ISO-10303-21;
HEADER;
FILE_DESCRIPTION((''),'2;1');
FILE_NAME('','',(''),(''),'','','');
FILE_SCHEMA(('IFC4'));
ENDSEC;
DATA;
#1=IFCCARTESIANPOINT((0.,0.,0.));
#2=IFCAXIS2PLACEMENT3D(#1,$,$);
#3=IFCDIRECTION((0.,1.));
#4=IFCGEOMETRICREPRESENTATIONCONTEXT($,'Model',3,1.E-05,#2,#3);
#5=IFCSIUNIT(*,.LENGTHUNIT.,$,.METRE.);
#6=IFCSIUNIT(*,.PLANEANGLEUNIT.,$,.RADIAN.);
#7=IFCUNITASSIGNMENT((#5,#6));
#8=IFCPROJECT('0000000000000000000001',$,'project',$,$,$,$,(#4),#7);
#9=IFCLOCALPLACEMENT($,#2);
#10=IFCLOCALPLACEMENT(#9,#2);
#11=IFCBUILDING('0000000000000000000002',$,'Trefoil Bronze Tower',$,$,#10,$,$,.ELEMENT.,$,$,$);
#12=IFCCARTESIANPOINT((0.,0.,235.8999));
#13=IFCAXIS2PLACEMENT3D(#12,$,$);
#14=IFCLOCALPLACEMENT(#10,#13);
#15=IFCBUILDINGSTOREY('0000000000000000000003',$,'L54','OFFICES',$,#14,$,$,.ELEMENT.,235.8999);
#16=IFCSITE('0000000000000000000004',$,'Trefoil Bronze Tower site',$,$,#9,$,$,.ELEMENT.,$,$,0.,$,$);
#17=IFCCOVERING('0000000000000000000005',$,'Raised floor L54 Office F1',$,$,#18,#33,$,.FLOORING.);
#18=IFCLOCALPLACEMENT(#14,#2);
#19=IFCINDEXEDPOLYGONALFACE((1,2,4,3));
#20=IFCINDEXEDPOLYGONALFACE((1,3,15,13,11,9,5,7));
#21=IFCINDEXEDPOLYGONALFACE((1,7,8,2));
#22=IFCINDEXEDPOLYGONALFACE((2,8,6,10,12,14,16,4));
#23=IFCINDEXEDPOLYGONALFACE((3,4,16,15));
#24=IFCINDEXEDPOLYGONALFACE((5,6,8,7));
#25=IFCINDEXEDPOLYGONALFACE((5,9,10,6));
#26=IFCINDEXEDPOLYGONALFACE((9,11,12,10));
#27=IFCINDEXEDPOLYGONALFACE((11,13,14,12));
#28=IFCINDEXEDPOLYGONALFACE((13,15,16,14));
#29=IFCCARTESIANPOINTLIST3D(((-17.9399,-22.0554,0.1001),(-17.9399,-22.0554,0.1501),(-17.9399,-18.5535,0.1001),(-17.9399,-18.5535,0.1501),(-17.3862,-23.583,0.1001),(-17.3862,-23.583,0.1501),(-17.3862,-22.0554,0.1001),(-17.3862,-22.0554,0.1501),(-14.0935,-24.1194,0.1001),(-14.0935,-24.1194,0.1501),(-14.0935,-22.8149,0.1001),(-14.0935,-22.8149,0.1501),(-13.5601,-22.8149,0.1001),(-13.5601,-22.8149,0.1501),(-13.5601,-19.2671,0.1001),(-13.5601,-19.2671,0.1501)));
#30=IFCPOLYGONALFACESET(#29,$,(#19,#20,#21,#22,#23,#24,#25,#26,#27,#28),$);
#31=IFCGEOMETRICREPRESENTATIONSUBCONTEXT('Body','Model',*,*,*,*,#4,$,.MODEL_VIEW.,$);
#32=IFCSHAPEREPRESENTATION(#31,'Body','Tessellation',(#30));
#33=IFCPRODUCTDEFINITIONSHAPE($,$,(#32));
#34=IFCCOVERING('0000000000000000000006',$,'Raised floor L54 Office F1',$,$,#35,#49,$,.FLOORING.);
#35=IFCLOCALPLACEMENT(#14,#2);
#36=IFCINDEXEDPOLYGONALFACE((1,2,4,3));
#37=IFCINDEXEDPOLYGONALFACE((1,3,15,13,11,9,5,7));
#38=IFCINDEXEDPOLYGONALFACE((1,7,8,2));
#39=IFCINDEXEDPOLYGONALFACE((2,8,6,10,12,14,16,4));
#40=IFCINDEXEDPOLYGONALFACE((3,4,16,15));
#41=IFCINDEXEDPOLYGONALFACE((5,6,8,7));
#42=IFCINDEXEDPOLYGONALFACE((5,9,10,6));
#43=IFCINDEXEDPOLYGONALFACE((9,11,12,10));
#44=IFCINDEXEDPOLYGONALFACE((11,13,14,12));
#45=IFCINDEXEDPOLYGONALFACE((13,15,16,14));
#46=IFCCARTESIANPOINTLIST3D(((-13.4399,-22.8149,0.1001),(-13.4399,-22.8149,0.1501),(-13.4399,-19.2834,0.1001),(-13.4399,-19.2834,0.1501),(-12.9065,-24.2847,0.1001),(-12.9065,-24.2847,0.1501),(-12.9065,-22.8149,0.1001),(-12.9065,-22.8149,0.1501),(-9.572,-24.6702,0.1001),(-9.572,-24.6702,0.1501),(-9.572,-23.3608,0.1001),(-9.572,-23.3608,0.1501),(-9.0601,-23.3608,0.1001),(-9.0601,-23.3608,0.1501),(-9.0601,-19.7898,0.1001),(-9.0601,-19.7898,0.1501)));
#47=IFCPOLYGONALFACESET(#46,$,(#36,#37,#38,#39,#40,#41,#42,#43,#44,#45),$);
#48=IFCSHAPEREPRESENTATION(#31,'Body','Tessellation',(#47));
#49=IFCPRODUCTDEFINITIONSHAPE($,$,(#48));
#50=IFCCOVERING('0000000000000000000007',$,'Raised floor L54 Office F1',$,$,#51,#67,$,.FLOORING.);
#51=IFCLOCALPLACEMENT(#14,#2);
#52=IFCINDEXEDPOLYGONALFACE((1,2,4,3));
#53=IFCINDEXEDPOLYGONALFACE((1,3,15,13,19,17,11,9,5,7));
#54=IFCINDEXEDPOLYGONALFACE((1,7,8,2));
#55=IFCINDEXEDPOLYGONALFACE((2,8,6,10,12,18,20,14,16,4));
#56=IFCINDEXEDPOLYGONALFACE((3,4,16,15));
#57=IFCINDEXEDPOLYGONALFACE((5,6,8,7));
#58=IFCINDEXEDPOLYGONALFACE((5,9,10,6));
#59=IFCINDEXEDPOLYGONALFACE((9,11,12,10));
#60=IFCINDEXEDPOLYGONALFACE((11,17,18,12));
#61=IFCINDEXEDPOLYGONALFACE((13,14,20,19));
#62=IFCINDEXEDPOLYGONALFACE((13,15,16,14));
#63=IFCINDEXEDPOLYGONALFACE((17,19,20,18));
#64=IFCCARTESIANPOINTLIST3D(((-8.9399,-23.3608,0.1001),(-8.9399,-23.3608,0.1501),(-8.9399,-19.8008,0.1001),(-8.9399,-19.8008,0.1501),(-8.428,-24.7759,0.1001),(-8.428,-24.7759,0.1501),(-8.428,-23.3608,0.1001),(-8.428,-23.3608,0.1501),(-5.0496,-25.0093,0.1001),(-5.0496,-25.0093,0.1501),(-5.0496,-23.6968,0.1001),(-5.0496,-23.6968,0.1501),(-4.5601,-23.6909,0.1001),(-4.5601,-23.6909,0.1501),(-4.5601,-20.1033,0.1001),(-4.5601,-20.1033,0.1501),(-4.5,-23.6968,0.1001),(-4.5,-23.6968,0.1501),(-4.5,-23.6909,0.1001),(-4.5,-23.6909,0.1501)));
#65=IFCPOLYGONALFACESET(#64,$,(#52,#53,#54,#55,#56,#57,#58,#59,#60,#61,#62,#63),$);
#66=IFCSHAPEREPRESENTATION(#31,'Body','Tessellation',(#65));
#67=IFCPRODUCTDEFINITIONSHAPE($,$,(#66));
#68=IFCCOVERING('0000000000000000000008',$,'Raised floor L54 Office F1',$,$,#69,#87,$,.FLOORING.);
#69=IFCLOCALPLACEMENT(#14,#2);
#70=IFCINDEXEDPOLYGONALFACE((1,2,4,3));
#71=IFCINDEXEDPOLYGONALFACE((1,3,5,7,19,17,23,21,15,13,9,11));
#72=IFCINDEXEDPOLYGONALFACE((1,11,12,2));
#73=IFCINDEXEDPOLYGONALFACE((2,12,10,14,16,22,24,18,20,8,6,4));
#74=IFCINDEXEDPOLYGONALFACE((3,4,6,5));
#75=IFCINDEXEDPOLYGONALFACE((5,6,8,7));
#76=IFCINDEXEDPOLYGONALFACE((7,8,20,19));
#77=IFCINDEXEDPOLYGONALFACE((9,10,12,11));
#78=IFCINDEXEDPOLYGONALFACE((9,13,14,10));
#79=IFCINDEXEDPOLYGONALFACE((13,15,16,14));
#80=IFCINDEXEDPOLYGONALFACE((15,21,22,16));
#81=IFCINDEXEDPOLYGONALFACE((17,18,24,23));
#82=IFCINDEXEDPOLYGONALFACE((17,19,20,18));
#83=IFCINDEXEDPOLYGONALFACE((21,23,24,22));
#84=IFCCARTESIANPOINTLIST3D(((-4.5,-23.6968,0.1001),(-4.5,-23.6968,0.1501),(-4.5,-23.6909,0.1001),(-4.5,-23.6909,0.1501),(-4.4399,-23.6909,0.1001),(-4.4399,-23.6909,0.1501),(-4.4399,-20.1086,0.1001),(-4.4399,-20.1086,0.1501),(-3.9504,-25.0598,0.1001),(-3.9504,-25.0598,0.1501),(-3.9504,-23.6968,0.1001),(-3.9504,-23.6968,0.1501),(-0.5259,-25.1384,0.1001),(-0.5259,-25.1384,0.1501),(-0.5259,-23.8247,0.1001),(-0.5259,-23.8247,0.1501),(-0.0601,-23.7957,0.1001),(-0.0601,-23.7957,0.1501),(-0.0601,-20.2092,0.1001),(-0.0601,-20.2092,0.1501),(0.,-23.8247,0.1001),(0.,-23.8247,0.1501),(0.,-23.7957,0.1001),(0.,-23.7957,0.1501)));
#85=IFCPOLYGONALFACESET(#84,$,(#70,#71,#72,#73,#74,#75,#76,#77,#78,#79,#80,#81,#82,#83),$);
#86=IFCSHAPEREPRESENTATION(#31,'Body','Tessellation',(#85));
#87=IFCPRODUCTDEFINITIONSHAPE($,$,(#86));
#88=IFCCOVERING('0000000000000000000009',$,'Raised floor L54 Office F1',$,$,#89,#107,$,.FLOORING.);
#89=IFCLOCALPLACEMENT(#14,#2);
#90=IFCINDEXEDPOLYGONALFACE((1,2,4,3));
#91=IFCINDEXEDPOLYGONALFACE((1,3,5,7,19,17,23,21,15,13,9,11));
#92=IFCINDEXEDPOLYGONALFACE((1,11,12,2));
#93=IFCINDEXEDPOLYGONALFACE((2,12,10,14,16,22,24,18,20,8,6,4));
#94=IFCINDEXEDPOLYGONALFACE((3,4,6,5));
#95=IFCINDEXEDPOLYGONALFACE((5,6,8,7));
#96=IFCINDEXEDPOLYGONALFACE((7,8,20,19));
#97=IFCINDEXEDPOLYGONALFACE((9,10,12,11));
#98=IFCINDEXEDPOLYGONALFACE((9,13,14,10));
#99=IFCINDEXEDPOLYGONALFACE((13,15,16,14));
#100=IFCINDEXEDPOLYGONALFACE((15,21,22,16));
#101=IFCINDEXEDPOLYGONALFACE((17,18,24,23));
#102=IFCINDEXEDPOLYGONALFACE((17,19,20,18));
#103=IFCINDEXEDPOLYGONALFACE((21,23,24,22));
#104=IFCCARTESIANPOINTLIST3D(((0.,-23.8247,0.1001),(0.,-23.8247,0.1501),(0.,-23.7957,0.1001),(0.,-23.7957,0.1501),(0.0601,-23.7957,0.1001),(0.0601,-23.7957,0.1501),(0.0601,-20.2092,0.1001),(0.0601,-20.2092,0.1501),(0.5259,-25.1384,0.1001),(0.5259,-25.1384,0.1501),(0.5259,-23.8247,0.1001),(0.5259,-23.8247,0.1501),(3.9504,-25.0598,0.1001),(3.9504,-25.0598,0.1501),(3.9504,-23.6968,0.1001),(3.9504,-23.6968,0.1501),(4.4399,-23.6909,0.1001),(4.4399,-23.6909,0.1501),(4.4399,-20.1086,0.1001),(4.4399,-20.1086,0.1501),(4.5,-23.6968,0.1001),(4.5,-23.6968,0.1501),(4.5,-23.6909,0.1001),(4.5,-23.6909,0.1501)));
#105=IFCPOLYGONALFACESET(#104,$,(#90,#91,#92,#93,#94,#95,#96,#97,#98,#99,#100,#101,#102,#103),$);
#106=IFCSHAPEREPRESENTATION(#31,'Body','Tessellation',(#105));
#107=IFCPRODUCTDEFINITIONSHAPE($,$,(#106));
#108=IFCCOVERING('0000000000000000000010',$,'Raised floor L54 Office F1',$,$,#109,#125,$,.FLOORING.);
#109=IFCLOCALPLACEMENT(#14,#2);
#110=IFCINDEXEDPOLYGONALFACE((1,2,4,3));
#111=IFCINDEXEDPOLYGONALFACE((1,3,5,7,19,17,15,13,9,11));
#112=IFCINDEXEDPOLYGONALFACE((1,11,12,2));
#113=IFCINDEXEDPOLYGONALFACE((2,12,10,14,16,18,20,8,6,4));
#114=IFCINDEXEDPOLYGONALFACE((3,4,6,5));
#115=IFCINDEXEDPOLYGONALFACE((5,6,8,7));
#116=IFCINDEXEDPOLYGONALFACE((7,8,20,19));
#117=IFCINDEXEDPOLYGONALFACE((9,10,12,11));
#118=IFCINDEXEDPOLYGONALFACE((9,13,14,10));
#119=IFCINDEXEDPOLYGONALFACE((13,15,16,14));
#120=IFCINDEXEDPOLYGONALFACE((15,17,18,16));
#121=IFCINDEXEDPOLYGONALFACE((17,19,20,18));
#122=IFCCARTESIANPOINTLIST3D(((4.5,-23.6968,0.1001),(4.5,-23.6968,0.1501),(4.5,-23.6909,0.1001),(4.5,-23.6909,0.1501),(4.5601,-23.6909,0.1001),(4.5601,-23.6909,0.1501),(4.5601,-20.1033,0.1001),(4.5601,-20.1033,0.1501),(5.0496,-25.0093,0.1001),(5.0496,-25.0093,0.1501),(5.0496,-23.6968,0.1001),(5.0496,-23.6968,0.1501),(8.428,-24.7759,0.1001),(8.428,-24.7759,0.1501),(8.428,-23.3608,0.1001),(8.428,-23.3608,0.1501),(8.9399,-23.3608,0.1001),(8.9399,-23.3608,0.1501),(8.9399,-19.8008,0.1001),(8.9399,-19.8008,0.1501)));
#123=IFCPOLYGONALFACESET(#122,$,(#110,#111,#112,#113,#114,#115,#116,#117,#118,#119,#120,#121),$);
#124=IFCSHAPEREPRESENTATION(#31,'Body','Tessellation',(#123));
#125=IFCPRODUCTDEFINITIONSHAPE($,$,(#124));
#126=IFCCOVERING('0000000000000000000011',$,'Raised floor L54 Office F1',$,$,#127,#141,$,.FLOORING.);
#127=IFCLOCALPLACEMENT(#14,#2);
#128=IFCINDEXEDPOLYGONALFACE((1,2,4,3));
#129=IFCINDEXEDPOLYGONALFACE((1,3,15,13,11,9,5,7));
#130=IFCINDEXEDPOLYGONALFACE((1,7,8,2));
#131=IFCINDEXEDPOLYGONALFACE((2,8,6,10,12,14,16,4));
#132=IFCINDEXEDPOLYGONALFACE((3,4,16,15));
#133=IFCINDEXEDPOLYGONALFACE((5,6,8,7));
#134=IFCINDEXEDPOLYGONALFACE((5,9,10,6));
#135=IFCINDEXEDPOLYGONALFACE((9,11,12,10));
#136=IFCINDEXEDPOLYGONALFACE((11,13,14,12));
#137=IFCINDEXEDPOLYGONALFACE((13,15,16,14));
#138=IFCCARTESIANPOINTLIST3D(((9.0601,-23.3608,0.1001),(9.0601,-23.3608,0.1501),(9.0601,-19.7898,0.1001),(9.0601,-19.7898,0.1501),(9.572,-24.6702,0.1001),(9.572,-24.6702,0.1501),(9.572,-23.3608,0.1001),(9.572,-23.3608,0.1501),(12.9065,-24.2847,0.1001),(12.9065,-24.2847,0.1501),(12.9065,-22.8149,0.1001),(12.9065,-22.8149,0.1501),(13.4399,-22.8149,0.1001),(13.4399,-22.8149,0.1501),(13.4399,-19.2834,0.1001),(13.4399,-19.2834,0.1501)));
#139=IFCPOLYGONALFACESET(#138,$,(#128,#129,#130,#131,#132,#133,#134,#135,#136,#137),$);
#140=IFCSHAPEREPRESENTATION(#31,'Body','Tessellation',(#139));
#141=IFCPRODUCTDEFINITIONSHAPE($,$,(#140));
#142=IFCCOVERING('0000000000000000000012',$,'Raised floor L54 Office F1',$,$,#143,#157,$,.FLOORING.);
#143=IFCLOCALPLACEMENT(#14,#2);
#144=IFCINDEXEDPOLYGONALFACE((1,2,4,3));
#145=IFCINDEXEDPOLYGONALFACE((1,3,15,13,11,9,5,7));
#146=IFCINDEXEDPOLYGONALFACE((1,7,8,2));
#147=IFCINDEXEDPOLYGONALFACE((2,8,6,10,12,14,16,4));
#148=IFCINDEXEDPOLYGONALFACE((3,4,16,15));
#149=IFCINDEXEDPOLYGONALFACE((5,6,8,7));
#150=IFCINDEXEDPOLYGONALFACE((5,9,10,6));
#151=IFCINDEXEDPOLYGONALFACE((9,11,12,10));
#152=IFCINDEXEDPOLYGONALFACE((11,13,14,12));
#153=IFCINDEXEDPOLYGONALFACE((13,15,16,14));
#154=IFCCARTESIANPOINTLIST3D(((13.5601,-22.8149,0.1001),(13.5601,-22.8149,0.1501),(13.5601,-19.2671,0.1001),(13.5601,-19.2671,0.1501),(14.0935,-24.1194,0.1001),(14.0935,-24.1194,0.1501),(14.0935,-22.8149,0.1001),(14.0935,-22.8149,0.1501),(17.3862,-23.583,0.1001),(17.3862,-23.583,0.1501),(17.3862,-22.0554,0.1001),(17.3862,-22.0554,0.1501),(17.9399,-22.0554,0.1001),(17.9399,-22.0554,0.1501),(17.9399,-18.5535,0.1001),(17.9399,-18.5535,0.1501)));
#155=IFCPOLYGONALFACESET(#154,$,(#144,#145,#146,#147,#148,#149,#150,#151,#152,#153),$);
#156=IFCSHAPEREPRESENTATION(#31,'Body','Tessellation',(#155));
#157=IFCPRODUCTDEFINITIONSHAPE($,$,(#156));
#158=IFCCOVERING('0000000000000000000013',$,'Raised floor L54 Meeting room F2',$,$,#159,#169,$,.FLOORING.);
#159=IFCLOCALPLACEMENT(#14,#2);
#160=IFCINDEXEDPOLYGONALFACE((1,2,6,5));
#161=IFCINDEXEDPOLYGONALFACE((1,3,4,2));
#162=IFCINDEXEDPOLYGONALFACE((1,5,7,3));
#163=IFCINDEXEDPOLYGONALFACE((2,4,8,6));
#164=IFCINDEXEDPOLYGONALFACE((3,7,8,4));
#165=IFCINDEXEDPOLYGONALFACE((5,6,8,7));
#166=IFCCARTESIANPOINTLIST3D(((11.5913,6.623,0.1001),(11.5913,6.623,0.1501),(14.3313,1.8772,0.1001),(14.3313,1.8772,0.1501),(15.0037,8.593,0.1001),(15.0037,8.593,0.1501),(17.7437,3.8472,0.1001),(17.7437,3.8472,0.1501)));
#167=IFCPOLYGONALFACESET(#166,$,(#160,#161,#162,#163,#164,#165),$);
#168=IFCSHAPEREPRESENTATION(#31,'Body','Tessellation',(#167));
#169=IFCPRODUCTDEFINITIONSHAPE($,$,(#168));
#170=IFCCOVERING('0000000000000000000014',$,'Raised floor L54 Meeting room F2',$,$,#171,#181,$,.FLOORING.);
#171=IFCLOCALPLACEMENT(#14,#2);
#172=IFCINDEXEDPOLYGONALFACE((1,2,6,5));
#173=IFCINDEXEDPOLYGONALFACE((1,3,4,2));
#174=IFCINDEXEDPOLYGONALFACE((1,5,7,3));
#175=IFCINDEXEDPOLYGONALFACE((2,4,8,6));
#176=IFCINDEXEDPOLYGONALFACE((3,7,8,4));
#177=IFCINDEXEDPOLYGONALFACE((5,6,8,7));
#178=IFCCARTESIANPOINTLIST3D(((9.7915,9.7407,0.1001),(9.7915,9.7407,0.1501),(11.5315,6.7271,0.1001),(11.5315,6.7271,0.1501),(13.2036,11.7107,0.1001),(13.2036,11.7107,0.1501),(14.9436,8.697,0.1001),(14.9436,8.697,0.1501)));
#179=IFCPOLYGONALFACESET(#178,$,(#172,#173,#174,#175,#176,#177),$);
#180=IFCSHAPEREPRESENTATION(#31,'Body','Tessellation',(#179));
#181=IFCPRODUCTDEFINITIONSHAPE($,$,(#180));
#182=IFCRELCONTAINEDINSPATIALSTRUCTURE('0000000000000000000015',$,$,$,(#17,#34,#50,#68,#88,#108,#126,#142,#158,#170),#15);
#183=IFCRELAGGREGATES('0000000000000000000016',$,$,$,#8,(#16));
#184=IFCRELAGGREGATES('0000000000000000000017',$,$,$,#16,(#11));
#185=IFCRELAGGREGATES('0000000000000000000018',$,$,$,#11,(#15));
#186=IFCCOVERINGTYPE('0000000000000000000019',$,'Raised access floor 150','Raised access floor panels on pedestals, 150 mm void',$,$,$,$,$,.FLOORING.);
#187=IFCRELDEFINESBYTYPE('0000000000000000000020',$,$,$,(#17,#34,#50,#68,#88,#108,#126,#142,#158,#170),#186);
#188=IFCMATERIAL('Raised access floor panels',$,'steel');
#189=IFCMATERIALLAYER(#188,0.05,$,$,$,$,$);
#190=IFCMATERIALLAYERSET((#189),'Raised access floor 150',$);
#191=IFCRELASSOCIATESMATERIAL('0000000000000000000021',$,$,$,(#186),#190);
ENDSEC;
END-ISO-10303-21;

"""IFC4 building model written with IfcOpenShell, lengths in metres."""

from ifc_helpers import new_model, si_unit, direction, frame, origin, place, context, subcontext, project, spatial, polyline, outline, extrude, material, layer, layer_set, type_object, element, save


model = new_model("IFC4")

# Units and contexts
model_context = context("Model", 3, precision=1e-05, world=origin(), true_north=direction((0.0, 1.0)))
body_context = subcontext(model_context, "Body", "Model", "MODEL_VIEW")
ifc_project = project(units=[si_unit("LENGTHUNIT", "METRE"), si_unit("PLANEANGLEUNIT", "RADIAN")], contexts=[model_context])

# Site, building, storey
site_placement = place(None, origin())
site = spatial("IfcSite", under=ifc_project, at=site_placement, Name="Trefoil Bronze Tower site", CompositionType="ELEMENT", RefElevation=0.0)
building_placement = place(site_placement, origin())
building = spatial("IfcBuilding", under=site, at=building_placement, Name="Trefoil Bronze Tower", CompositionType="ELEMENT")
storey_placement = place(building_placement, frame((0.0, 0.0, 235.8999)))
storey = spatial("IfcBuildingStorey", under=building, at=storey_placement, Name="L54", Description="OFFICES", CompositionType="ELEMENT", Elevation=235.8999)

# Coverings
ifc_material_1 = material(Name="Raised access floor panels", Category="steel")
ifc_layer_1 = layer(ifc_material_1, 0.05)
ifc_layer_set_1 = layer_set([ifc_layer_1], Name="Raised access floor 150")
covering_type_1 = type_object("IfcCoveringType", Name="Raised access floor 150", Description="Raised access floor panels on pedestals, 150 mm void", PredefinedType="FLOORING", material=ifc_layer_set_1)
covering_1_placement = place(storey_placement, frame((0.0, 0.0, 0.1001)))
element("IfcCovering", 1, at=covering_1_placement, inside=storey, type_object=covering_type_1, Name="Raised floor L54 Office F1", PredefinedType="FLOORING", context=body_context, shape_type="SweptSolid", body=[
    extrude(outline(polyline([(-17.9399, -22.0554), (-17.9399, -18.5535), (-13.5601, -19.2671), (-13.5601, -22.8149), (-14.0935, -22.8149), (-14.0935, -24.1194), (-17.3862, -23.583), (-17.3862, -22.0554), (-17.9399, -22.0554)])), origin(), (0.0, 0.0, 1.0), 0.05),
])
covering_2_placement = place(storey_placement, frame((0.0, 0.0, 0.1001)))
element("IfcCovering", 2, at=covering_2_placement, inside=storey, type_object=covering_type_1, Name="Raised floor L54 Office F1", PredefinedType="FLOORING", context=body_context, shape_type="SweptSolid", body=[
    extrude(outline(polyline([(-13.4399, -22.8149), (-13.4399, -19.2834), (-9.0601, -19.7898), (-9.0601, -23.3608), (-9.572, -23.3608), (-9.572, -24.6702), (-12.9065, -24.2847), (-12.9065, -22.8149), (-13.4399, -22.8149)])), origin(), (0.0, 0.0, 1.0), 0.05),
])
covering_3_placement = place(storey_placement, frame((0.0, 0.0, 0.1001)))
element("IfcCovering", 3, at=covering_3_placement, inside=storey, type_object=covering_type_1, Name="Raised floor L54 Office F1", PredefinedType="FLOORING", context=body_context, shape_type="SweptSolid", body=[
    extrude(outline(polyline([(-8.9399, -23.3608), (-8.9399, -19.8008), (-4.5601, -20.1033), (-4.5601, -23.6909), (-4.5, -23.6909), (-4.5, -23.6968), (-5.0496, -23.6968), (-5.0496, -25.0093), (-8.428, -24.7759), (-8.428, -23.3608), (-8.9399, -23.3608)])), origin(), (0.0, 0.0, 1.0), 0.05),
])
covering_4_placement = place(storey_placement, frame((0.0, 0.0, 0.1001)))
element("IfcCovering", 4, at=covering_4_placement, inside=storey, type_object=covering_type_1, Name="Raised floor L54 Office F1", PredefinedType="FLOORING", context=body_context, shape_type="SweptSolid", body=[
    extrude(outline(polyline([(-4.5, -23.6909), (-4.4399, -23.6909), (-4.4399, -20.1086), (-0.0601, -20.2092), (-0.0601, -23.7957), (0.0, -23.7957), (0.0, -23.8247), (-0.5259, -23.8247), (-0.5259, -25.1384), (-3.9504, -25.0598), (-3.9504, -23.6968), (-4.5, -23.6968), (-4.5, -23.6909)])), origin(), (0.0, 0.0, 1.0), 0.05),
])
covering_5_placement = place(storey_placement, frame((0.0, 0.0, 0.1001)))
element("IfcCovering", 5, at=covering_5_placement, inside=storey, type_object=covering_type_1, Name="Raised floor L54 Office F1", PredefinedType="FLOORING", context=body_context, shape_type="SweptSolid", body=[
    extrude(outline(polyline([(0.0, -23.7957), (0.0601, -23.7957), (0.0601, -20.2092), (4.4399, -20.1086), (4.4399, -23.6909), (4.5, -23.6909), (4.5, -23.6968), (3.9504, -23.6968), (3.9504, -25.0598), (0.5259, -25.1384), (0.5259, -23.8247), (0.0, -23.8247), (0.0, -23.7957)])), origin(), (0.0, 0.0, 1.0), 0.05),
])
covering_6_placement = place(storey_placement, frame((0.0, 0.0, 0.1001)))
element("IfcCovering", 6, at=covering_6_placement, inside=storey, type_object=covering_type_1, Name="Raised floor L54 Office F1", PredefinedType="FLOORING", context=body_context, shape_type="SweptSolid", body=[
    extrude(outline(polyline([(4.5, -23.6909), (4.5601, -23.6909), (4.5601, -20.1033), (8.9399, -19.8008), (8.9399, -23.3608), (8.428, -23.3608), (8.428, -24.7759), (5.0496, -25.0093), (5.0496, -23.6968), (4.5, -23.6968), (4.5, -23.6909)])), origin(), (0.0, 0.0, 1.0), 0.05),
])
covering_7_placement = place(storey_placement, frame((0.0, 0.0, 0.1001)))
element("IfcCovering", 7, at=covering_7_placement, inside=storey, type_object=covering_type_1, Name="Raised floor L54 Office F1", PredefinedType="FLOORING", context=body_context, shape_type="SweptSolid", body=[
    extrude(outline(polyline([(9.0601, -19.7898), (13.4399, -19.2834), (13.4399, -22.8149), (12.9065, -22.8149), (12.9065, -24.2847), (9.572, -24.6702), (9.572, -23.3608), (9.0601, -23.3608), (9.0601, -19.7898)])), origin(), (0.0, 0.0, 1.0), 0.05),
])
covering_8_placement = place(storey_placement, frame((0.0, 0.0, 0.1001)))
element("IfcCovering", 8, at=covering_8_placement, inside=storey, type_object=covering_type_1, Name="Raised floor L54 Office F1", PredefinedType="FLOORING", context=body_context, shape_type="SweptSolid", body=[
    extrude(outline(polyline([(13.5601, -19.2671), (17.9399, -18.5535), (17.9399, -22.0554), (17.3862, -22.0554), (17.3862, -23.583), (14.0935, -24.1194), (14.0935, -22.8149), (13.5601, -22.8149), (13.5601, -19.2671)])), origin(), (0.0, 0.0, 1.0), 0.05),
])
covering_9_placement = place(storey_placement, frame((0.0, 0.0, 0.1001)))
element("IfcCovering", 9, at=covering_9_placement, inside=storey, type_object=covering_type_1, Name="Raised floor L54 Meeting room F2", PredefinedType="FLOORING", context=body_context, shape_type="SweptSolid", body=[
    extrude(outline(polyline([(11.5913, 6.623), (15.0037, 8.593), (17.7437, 3.8472), (14.3313, 1.8772), (11.5913, 6.623)])), origin(), (0.0, 0.0, 1.0), 0.05),
])
covering_10_placement = place(storey_placement, frame((0.0, 0.0, 0.1001)))
element("IfcCovering", 10, at=covering_10_placement, inside=storey, type_object=covering_type_1, Name="Raised floor L54 Meeting room F2", PredefinedType="FLOORING", context=body_context, shape_type="SweptSolid", body=[
    extrude(outline(polyline([(9.7915, 9.7407), (13.2036, 11.7107), (14.9436, 8.697), (11.5315, 6.7271), (9.7915, 9.7407)])), origin(), (0.0, 0.0, 1.0), 0.05),
])

save(model, "model.ifc")
